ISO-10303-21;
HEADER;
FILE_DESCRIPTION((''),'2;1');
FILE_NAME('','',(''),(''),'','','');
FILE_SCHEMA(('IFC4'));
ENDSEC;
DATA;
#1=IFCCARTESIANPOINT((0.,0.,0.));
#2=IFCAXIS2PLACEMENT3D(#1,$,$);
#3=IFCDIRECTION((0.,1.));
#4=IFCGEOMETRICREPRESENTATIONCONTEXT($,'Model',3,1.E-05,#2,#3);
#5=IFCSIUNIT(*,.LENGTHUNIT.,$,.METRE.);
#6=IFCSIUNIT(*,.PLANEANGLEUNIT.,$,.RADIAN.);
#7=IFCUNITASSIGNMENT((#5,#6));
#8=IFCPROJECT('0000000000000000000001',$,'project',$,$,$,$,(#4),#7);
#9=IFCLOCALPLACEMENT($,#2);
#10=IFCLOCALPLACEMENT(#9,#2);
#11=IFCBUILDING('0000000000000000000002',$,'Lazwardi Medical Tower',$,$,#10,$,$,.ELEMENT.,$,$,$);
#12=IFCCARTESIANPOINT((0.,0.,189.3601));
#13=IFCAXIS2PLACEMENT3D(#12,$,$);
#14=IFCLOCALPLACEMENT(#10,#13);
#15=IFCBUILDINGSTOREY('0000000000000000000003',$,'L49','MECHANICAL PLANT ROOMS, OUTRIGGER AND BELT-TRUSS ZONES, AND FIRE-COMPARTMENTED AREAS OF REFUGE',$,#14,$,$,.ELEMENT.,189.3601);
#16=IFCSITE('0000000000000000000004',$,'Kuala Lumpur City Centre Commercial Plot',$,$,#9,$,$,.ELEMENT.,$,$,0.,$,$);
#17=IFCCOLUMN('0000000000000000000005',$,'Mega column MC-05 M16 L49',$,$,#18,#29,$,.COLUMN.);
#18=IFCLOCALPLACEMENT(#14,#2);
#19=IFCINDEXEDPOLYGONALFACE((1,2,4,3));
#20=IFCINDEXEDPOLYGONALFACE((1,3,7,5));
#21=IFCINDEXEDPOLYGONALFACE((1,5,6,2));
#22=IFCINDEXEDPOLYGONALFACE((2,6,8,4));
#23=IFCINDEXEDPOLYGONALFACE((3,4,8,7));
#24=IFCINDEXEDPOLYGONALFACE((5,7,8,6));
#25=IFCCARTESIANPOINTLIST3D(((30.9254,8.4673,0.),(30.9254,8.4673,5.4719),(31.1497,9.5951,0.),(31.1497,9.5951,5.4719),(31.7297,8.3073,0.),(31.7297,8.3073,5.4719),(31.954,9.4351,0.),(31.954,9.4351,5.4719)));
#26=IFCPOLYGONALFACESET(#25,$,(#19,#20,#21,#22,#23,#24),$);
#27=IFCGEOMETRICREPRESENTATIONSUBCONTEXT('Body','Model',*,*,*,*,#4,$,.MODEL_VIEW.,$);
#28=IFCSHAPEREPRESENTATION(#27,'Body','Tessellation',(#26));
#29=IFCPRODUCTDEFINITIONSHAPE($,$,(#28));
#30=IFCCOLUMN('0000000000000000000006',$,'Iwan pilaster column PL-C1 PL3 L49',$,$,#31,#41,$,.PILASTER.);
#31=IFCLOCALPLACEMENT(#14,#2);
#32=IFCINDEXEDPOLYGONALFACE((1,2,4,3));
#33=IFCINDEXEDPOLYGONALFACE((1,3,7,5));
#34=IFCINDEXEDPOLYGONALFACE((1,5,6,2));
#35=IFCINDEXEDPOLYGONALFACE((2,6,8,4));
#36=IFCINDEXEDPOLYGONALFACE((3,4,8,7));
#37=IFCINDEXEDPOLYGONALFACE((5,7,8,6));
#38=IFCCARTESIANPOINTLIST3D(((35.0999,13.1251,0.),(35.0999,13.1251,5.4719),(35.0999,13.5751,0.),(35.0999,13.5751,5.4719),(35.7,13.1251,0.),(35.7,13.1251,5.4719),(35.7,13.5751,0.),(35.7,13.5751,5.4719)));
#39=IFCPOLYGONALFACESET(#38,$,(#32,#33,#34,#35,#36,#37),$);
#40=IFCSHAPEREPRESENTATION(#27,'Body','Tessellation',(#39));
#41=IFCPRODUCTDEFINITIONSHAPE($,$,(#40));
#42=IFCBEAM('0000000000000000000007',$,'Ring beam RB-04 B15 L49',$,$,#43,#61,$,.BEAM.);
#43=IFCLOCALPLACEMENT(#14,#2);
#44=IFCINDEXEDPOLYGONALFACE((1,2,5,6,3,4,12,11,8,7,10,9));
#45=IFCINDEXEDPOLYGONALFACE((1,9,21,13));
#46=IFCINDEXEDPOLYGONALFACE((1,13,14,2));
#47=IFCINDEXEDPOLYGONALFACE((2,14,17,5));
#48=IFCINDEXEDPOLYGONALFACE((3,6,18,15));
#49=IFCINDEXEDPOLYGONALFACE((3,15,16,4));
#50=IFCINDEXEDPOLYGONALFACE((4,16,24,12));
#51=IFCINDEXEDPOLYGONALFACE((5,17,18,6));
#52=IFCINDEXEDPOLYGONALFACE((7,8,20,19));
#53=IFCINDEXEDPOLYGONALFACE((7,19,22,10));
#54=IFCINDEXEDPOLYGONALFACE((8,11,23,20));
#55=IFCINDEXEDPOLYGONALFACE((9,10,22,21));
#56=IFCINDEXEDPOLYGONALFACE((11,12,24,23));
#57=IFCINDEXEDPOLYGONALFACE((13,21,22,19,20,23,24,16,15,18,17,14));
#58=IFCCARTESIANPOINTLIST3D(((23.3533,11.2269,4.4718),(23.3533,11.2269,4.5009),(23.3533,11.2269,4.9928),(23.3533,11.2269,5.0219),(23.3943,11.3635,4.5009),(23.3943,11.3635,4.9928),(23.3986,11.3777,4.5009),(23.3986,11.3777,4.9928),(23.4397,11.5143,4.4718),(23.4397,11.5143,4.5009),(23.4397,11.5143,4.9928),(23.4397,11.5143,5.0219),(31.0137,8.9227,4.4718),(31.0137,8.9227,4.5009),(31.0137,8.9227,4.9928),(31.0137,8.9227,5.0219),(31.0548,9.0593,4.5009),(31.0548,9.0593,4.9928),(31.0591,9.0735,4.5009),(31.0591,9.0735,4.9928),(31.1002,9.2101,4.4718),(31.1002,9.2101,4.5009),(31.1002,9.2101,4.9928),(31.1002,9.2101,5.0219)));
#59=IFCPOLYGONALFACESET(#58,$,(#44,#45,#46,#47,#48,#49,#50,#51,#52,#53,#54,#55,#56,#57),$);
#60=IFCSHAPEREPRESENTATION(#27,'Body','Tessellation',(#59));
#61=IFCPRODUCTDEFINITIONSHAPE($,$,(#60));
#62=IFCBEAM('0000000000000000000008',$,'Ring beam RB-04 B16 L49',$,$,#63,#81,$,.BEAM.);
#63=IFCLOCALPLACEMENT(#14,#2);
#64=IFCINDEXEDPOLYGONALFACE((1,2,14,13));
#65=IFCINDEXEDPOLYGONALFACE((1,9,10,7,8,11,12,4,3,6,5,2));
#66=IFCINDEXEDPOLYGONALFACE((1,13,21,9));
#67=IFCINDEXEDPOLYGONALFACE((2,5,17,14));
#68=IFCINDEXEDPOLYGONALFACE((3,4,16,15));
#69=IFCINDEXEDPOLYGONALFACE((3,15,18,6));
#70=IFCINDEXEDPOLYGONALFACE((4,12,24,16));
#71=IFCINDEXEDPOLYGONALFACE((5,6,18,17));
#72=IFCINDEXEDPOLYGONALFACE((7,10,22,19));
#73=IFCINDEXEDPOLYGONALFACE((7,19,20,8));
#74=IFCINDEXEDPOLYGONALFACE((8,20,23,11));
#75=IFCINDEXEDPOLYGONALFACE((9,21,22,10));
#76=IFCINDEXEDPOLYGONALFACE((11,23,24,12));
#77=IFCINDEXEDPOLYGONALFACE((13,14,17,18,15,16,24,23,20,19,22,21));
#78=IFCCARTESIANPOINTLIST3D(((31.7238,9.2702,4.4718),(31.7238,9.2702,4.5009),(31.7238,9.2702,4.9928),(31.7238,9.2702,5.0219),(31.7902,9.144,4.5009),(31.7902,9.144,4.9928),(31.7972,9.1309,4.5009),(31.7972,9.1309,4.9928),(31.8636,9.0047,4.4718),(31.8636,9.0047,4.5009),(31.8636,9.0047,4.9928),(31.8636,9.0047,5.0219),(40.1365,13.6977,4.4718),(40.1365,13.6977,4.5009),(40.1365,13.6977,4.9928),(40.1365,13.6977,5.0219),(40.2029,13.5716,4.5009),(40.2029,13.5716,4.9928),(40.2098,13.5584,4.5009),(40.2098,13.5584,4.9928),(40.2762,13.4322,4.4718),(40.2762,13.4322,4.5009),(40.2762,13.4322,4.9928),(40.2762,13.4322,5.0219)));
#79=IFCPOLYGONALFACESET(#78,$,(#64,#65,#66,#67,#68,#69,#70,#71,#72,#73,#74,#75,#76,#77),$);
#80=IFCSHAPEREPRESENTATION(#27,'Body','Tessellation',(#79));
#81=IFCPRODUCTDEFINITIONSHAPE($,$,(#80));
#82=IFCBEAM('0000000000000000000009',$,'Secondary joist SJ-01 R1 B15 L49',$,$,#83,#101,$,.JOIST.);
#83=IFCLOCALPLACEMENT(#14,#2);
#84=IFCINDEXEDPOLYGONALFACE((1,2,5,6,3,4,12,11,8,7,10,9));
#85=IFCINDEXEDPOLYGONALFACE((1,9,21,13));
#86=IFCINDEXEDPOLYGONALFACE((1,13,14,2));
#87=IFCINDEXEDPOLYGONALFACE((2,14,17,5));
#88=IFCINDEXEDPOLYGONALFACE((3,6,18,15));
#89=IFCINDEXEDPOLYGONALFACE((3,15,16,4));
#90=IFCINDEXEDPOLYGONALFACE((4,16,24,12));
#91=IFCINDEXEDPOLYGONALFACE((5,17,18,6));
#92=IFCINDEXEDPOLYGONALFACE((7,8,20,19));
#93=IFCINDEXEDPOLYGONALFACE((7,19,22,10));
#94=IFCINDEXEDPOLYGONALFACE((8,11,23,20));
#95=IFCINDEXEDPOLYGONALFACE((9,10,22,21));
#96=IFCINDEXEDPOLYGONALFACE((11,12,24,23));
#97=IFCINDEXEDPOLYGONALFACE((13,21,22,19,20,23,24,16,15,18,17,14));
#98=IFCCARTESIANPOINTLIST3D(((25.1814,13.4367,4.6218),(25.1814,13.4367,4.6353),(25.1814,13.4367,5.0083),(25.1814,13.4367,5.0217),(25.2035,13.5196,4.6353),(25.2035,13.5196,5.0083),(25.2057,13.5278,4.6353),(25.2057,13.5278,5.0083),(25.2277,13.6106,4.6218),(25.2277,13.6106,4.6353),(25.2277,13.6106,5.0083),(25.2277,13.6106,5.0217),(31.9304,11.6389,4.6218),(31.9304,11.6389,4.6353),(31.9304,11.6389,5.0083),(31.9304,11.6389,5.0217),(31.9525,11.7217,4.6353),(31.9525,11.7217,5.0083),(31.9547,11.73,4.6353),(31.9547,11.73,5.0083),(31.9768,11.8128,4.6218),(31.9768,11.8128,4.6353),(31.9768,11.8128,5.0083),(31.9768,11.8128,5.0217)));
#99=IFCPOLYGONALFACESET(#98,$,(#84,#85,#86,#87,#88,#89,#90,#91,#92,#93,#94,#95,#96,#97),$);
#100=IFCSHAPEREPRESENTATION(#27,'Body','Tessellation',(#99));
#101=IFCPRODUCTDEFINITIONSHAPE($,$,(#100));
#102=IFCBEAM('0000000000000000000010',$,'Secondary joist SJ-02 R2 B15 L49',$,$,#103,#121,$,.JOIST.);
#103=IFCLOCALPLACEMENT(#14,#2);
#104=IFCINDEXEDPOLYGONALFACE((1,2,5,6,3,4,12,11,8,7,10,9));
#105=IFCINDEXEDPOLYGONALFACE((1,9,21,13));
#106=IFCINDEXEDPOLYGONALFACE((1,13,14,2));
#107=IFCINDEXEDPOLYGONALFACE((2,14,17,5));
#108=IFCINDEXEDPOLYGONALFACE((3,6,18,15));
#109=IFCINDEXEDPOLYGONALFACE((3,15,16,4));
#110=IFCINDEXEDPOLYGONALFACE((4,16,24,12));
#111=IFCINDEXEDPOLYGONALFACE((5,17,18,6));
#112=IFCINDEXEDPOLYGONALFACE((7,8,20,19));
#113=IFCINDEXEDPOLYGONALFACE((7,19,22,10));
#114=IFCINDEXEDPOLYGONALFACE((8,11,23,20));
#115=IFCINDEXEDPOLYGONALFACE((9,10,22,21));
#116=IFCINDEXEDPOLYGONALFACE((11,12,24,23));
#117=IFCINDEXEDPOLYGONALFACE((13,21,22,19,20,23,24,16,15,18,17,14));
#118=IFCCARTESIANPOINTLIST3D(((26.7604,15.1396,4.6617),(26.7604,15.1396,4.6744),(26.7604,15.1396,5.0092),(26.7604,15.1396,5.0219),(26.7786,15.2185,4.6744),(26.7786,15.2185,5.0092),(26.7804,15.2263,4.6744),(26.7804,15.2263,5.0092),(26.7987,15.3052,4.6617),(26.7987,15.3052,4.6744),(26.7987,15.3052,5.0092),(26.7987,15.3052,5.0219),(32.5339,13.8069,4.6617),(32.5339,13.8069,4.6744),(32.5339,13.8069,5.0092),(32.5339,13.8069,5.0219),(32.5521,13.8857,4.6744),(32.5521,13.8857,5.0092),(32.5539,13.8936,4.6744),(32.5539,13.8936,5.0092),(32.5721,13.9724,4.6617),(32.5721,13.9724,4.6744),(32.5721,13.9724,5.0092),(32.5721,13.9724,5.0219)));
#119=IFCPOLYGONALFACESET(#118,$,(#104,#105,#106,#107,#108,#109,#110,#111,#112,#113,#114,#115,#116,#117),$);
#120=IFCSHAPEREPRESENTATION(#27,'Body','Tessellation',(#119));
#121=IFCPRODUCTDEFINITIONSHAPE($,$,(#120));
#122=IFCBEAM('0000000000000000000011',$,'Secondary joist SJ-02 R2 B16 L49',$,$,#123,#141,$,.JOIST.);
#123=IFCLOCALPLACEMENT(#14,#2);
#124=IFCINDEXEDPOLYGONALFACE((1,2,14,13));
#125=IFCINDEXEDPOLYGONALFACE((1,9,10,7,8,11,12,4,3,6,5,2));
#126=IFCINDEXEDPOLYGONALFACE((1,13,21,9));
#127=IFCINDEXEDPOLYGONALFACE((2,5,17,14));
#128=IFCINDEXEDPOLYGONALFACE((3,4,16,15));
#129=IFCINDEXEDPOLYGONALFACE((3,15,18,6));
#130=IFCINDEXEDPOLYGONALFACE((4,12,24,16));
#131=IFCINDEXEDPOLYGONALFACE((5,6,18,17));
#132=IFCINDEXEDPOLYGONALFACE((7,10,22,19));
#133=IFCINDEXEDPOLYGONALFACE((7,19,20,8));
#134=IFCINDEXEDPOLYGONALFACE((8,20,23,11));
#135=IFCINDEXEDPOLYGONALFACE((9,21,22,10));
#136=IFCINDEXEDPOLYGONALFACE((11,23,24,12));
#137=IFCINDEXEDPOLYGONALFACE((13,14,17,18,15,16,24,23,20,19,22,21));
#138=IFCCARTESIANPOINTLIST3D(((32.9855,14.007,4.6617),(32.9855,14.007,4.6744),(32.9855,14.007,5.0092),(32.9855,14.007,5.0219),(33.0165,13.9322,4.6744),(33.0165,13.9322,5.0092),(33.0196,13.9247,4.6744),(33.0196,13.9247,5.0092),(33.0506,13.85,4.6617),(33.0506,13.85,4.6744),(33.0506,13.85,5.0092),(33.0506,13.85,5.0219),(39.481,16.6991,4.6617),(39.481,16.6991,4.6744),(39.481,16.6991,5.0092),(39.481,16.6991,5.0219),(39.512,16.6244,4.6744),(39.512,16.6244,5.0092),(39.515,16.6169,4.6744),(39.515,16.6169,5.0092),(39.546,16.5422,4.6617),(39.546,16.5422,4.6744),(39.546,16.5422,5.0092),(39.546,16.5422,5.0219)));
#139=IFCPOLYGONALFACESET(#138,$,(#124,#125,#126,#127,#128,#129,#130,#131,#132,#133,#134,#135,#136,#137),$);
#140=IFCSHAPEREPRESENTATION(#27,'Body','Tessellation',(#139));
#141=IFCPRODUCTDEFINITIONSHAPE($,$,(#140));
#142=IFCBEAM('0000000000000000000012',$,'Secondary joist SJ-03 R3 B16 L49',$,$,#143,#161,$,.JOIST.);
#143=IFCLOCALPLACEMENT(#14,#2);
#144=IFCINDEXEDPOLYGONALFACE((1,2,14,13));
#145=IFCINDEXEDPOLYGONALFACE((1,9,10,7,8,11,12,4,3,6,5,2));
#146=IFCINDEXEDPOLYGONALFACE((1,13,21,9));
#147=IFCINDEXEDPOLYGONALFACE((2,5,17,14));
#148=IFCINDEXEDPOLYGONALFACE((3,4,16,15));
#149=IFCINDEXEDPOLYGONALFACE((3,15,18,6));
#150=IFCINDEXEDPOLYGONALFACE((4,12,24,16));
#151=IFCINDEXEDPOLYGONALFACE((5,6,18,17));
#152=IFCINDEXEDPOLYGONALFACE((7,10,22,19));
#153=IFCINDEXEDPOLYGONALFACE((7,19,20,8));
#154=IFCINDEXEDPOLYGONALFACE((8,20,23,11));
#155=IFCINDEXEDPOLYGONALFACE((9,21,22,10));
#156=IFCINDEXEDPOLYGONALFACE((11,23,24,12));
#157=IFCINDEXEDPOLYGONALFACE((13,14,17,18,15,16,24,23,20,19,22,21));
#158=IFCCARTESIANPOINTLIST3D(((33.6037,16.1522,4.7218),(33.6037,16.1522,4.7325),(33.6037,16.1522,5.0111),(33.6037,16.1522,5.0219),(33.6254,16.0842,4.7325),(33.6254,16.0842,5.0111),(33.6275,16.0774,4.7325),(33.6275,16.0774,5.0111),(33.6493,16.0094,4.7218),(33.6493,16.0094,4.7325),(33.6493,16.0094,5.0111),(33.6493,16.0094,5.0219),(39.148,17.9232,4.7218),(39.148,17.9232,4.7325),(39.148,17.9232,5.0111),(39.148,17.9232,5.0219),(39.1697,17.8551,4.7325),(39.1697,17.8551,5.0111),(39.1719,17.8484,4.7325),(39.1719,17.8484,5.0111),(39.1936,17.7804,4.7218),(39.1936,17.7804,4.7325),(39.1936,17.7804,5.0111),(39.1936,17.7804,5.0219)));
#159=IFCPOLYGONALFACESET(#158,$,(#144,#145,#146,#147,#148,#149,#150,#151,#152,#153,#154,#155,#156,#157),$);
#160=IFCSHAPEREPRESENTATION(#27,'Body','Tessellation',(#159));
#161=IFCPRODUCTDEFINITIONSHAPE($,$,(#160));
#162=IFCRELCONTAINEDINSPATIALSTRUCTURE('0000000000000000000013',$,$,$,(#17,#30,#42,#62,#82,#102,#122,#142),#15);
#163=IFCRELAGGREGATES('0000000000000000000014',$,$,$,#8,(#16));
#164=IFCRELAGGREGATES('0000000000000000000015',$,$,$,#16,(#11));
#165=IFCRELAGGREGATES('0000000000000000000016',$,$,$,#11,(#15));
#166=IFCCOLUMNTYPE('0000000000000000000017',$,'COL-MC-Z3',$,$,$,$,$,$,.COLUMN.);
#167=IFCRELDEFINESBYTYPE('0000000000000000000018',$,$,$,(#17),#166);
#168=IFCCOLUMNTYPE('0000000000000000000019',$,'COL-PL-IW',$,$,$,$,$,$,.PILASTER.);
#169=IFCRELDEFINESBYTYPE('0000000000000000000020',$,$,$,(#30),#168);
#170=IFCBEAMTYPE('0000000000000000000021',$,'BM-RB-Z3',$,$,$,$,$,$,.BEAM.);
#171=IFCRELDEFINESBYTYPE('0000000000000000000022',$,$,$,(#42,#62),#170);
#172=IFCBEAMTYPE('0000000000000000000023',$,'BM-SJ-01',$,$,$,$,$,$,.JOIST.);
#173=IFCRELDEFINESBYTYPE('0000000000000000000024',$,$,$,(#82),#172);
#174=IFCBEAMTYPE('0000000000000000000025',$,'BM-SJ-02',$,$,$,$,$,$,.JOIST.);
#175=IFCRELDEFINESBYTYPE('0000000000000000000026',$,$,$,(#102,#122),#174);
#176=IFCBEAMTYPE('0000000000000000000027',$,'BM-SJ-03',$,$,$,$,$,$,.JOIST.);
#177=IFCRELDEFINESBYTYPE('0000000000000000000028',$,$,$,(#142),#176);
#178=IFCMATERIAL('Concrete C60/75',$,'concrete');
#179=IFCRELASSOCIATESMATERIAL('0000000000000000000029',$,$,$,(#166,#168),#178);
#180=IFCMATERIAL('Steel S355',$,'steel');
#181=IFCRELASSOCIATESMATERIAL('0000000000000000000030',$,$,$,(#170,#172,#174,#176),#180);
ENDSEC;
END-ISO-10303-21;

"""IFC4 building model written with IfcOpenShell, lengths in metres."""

from ifc_helpers import new_model, si_unit, direction, frame, origin, origin_2d, place, context, subcontext, project, spatial, rectangle, i_section, extrude, material, material_profile, profile_set, type_object, element, save


model = new_model("IFC4")

# Units and contexts
model_context = context("Model", 3, precision=1e-05, world=origin(), true_north=direction((0.0, 1.0)))
body_context = subcontext(model_context, "Body", "Model", "MODEL_VIEW")
ifc_project = project(units=[si_unit("LENGTHUNIT", "METRE"), si_unit("PLANEANGLEUNIT", "RADIAN")], contexts=[model_context])

# Site, building, storey
site_placement = place(None, origin())
site = spatial("IfcSite", under=ifc_project, at=site_placement, Name="Kuala Lumpur City Centre Commercial Plot", CompositionType="ELEMENT", RefElevation=0.0)
building_placement = place(site_placement, origin())
building = spatial("IfcBuilding", under=site, at=building_placement, Name="Lazwardi Medical Tower", CompositionType="ELEMENT")
storey_placement = place(building_placement, frame((0.0, 0.0, 189.3601)))
storey = spatial("IfcBuildingStorey", under=building, at=storey_placement, Name="L49", Description="MECHANICAL PLANT ROOMS, OUTRIGGER AND BELT-TRUSS ZONES, AND FIRE-COMPARTMENTED AREAS OF REFUGE", CompositionType="ELEMENT", Elevation=189.3601)

# Columns
ifc_material_1 = material(Name="Concrete C60/75", Category="concrete")
ifc_material_profile_1 = material_profile(ifc_material_1, rectangle(XDim=1.1499, YDim=0.8201, at=origin_2d()), Name="CFT-RECT 1150x820")
ifc_profile_set_1 = profile_set([ifc_material_profile_1], Name="Concrete C60/75")
column_type_1 = type_object("IfcColumnType", Name="COL-MC-Z3", PredefinedType="COLUMN", material=ifc_profile_set_1)
column_1_placement = place(storey_placement, frame((31.4397, 8.9512, 0.0), z_axis=(0.0, 0.0, 1.0), x_axis=(-0.19509, -0.980785, 0.0)))
element("IfcColumn", 1, at=column_1_placement, inside=storey, type_object=column_type_1, Name="Mega column MC-05 M16 L49", PredefinedType="COLUMN", context=body_context, shape_type="SweptSolid", body=[
    extrude(rectangle(XDim=1.1499, YDim=0.8201, at=origin_2d()), origin(), (0.0, 0.0, 1.0), 5.4719),
])
ifc_material_profile_2 = material_profile(ifc_material_1, rectangle(XDim=0.6001, YDim=0.45, at=origin_2d()), Name="RC 600x450")
ifc_profile_set_2 = profile_set([ifc_material_profile_2], Name="Concrete C60/75")
column_type_2 = type_object("IfcColumnType", Name="COL-PL-IW", PredefinedType="PILASTER", material=ifc_profile_set_2)
column_2_placement = place(storey_placement, frame((35.3999, 13.3501, 0.0), z_axis=(0.0, 0.0, 1.0), x_axis=(1.0, 0.0, 0.0)))
element("IfcColumn", 2, at=column_2_placement, inside=storey, type_object=column_type_2, Name="Iwan pilaster column PL-C1 PL3 L49", PredefinedType="PILASTER", context=body_context, shape_type="SweptSolid", body=[
    extrude(rectangle(XDim=0.6001, YDim=0.45, at=origin_2d()), origin(), (0.0, 0.0, 1.0), 5.4719),
])

# Beams
ifc_material_2 = material(Name="Steel S355", Category="steel")
ifc_material_profile_3 = material_profile(ifc_material_2, i_section(OverallWidth=0.3, OverallDepth=0.55, WebThickness=0.0149, FlangeThickness=0.0291, at=origin_2d()), Name="HEB 550")
ifc_profile_set_3 = profile_set([ifc_material_profile_3], Name="Steel S355")
beam_type_1 = type_object("IfcBeamType", Name="BM-RB-Z3", PredefinedType="BEAM", material=ifc_profile_set_3)
beam_1_placement = place(storey_placement, frame((23.3965, 11.3706, 4.7468), z_axis=(0.957617, -0.288045, 0.0), x_axis=(0.288045, 0.957617, 0.0)))
element("IfcBeam", 3, at=beam_1_placement, inside=storey, type_object=beam_type_1, Name="Ring beam RB-04 B15 L49", PredefinedType="BEAM", context=body_context, shape_type="SweptSolid", body=[
    extrude(i_section(OverallWidth=0.3, OverallDepth=0.55, WebThickness=0.0149, FlangeThickness=0.0291, at=origin_2d()), origin(), (0.0, 0.0, 1.0), 7.9995),
])
beam_2_placement = place(storey_placement, frame((31.7937, 9.1375, 4.7468), z_axis=(0.884927, 0.465731, 0.0), x_axis=(-0.465731, 0.884927, 0.0)))
element("IfcBeam", 4, at=beam_2_placement, inside=storey, type_object=beam_type_1, Name="Ring beam RB-04 B16 L49", PredefinedType="BEAM", context=body_context, shape_type="SweptSolid", body=[
    extrude(i_section(OverallWidth=0.3, OverallDepth=0.55, WebThickness=0.0149, FlangeThickness=0.0291, at=origin_2d()), origin(), (0.0, 0.0, 1.0), 9.5066),
])
ifc_material_profile_4 = material_profile(ifc_material_2, i_section(OverallWidth=0.1799, OverallDepth=0.3999, WebThickness=0.0085, FlangeThickness=0.0134, at=origin_2d()), Name="IPE 400")
ifc_profile_set_4 = profile_set([ifc_material_profile_4], Name="Steel S355")
beam_type_2 = type_object("IfcBeamType", Name="BM-SJ-01", PredefinedType="JOIST", material=ifc_profile_set_4)
beam_3_placement = place(storey_placement, frame((25.2046, 13.5237, 4.8218), z_axis=(0.966302, -0.25741, 0.0), x_axis=(0.25741, 0.966302, 0.0)))
element("IfcBeam", 5, at=beam_3_placement, inside=storey, type_object=beam_type_2, Name="Secondary joist SJ-01 R1 B15 L49", PredefinedType="JOIST", context=body_context, shape_type="SweptSolid", body=[
    extrude(i_section(OverallWidth=0.1799, OverallDepth=0.3999, WebThickness=0.0085, FlangeThickness=0.0134, at=origin_2d()), origin(), (0.0, 0.0, 1.0), 6.9844),
])
ifc_material_profile_5 = material_profile(ifc_material_2, i_section(OverallWidth=0.1699, OverallDepth=0.3601, WebThickness=0.0081, FlangeThickness=0.0127, at=origin_2d()), Name="IPE 360")
ifc_profile_set_5 = profile_set([ifc_material_profile_5], Name="Steel S355")
beam_type_3 = type_object("IfcBeamType", Name="BM-SJ-02", PredefinedType="JOIST", material=ifc_profile_set_5)
beam_4_placement = place(storey_placement, frame((26.7795, 15.2224, 4.8418), z_axis=(0.974375, -0.224929, 0.0), x_axis=(0.224929, 0.974375, 0.0)))
element("IfcBeam", 6, at=beam_4_placement, inside=storey, type_object=beam_type_3, Name="Secondary joist SJ-02 R2 B15 L49", PredefinedType="JOIST", context=body_context, shape_type="SweptSolid", body=[
    extrude(i_section(OverallWidth=0.1699, OverallDepth=0.3601, WebThickness=0.0081, FlangeThickness=0.0127, at=origin_2d()), origin(), (0.0, 0.0, 1.0), 5.9253),
])
beam_5_placement = place(storey_placement, frame((33.0181, 13.9285, 4.8418), z_axis=(0.923795, 0.382886, 0.0), x_axis=(-0.382886, 0.923795, 0.0)))
element("IfcBeam", 7, at=beam_5_placement, inside=storey, type_object=beam_type_3, Name="Secondary joist SJ-02 R2 B16 L49", PredefinedType="JOIST", context=body_context, shape_type="SweptSolid", body=[
    extrude(i_section(OverallWidth=0.1699, OverallDepth=0.3601, WebThickness=0.0081, FlangeThickness=0.0127, at=origin_2d()), origin(), (0.0, 0.0, 1.0), 7.0312),
])
ifc_material_profile_6 = material_profile(ifc_material_2, i_section(OverallWidth=0.1499, OverallDepth=0.3, WebThickness=0.0071, FlangeThickness=0.0107, at=origin_2d()), Name="IPE 300")
ifc_profile_set_6 = profile_set([ifc_material_profile_6], Name="Steel S355")
beam_type_4 = type_object("IfcBeamType", Name="BM-SJ-03", PredefinedType="JOIST", material=ifc_profile_set_6)
beam_6_placement = place(storey_placement, frame((33.6265, 16.0808, 4.8718), z_axis=(0.952585, 0.304273, 0.0), x_axis=(-0.304273, 0.952585, 0.0)))
element("IfcBeam", 8, at=beam_6_placement, inside=storey, type_object=beam_type_4, Name="Secondary joist SJ-03 R3 B16 L49", PredefinedType="JOIST", context=body_context, shape_type="SweptSolid", body=[
    extrude(i_section(OverallWidth=0.1499, OverallDepth=0.3, WebThickness=0.0071, FlangeThickness=0.0107, at=origin_2d()), origin(), (0.0, 0.0, 1.0), 5.8203),
])

save(model, "model.ifc")
